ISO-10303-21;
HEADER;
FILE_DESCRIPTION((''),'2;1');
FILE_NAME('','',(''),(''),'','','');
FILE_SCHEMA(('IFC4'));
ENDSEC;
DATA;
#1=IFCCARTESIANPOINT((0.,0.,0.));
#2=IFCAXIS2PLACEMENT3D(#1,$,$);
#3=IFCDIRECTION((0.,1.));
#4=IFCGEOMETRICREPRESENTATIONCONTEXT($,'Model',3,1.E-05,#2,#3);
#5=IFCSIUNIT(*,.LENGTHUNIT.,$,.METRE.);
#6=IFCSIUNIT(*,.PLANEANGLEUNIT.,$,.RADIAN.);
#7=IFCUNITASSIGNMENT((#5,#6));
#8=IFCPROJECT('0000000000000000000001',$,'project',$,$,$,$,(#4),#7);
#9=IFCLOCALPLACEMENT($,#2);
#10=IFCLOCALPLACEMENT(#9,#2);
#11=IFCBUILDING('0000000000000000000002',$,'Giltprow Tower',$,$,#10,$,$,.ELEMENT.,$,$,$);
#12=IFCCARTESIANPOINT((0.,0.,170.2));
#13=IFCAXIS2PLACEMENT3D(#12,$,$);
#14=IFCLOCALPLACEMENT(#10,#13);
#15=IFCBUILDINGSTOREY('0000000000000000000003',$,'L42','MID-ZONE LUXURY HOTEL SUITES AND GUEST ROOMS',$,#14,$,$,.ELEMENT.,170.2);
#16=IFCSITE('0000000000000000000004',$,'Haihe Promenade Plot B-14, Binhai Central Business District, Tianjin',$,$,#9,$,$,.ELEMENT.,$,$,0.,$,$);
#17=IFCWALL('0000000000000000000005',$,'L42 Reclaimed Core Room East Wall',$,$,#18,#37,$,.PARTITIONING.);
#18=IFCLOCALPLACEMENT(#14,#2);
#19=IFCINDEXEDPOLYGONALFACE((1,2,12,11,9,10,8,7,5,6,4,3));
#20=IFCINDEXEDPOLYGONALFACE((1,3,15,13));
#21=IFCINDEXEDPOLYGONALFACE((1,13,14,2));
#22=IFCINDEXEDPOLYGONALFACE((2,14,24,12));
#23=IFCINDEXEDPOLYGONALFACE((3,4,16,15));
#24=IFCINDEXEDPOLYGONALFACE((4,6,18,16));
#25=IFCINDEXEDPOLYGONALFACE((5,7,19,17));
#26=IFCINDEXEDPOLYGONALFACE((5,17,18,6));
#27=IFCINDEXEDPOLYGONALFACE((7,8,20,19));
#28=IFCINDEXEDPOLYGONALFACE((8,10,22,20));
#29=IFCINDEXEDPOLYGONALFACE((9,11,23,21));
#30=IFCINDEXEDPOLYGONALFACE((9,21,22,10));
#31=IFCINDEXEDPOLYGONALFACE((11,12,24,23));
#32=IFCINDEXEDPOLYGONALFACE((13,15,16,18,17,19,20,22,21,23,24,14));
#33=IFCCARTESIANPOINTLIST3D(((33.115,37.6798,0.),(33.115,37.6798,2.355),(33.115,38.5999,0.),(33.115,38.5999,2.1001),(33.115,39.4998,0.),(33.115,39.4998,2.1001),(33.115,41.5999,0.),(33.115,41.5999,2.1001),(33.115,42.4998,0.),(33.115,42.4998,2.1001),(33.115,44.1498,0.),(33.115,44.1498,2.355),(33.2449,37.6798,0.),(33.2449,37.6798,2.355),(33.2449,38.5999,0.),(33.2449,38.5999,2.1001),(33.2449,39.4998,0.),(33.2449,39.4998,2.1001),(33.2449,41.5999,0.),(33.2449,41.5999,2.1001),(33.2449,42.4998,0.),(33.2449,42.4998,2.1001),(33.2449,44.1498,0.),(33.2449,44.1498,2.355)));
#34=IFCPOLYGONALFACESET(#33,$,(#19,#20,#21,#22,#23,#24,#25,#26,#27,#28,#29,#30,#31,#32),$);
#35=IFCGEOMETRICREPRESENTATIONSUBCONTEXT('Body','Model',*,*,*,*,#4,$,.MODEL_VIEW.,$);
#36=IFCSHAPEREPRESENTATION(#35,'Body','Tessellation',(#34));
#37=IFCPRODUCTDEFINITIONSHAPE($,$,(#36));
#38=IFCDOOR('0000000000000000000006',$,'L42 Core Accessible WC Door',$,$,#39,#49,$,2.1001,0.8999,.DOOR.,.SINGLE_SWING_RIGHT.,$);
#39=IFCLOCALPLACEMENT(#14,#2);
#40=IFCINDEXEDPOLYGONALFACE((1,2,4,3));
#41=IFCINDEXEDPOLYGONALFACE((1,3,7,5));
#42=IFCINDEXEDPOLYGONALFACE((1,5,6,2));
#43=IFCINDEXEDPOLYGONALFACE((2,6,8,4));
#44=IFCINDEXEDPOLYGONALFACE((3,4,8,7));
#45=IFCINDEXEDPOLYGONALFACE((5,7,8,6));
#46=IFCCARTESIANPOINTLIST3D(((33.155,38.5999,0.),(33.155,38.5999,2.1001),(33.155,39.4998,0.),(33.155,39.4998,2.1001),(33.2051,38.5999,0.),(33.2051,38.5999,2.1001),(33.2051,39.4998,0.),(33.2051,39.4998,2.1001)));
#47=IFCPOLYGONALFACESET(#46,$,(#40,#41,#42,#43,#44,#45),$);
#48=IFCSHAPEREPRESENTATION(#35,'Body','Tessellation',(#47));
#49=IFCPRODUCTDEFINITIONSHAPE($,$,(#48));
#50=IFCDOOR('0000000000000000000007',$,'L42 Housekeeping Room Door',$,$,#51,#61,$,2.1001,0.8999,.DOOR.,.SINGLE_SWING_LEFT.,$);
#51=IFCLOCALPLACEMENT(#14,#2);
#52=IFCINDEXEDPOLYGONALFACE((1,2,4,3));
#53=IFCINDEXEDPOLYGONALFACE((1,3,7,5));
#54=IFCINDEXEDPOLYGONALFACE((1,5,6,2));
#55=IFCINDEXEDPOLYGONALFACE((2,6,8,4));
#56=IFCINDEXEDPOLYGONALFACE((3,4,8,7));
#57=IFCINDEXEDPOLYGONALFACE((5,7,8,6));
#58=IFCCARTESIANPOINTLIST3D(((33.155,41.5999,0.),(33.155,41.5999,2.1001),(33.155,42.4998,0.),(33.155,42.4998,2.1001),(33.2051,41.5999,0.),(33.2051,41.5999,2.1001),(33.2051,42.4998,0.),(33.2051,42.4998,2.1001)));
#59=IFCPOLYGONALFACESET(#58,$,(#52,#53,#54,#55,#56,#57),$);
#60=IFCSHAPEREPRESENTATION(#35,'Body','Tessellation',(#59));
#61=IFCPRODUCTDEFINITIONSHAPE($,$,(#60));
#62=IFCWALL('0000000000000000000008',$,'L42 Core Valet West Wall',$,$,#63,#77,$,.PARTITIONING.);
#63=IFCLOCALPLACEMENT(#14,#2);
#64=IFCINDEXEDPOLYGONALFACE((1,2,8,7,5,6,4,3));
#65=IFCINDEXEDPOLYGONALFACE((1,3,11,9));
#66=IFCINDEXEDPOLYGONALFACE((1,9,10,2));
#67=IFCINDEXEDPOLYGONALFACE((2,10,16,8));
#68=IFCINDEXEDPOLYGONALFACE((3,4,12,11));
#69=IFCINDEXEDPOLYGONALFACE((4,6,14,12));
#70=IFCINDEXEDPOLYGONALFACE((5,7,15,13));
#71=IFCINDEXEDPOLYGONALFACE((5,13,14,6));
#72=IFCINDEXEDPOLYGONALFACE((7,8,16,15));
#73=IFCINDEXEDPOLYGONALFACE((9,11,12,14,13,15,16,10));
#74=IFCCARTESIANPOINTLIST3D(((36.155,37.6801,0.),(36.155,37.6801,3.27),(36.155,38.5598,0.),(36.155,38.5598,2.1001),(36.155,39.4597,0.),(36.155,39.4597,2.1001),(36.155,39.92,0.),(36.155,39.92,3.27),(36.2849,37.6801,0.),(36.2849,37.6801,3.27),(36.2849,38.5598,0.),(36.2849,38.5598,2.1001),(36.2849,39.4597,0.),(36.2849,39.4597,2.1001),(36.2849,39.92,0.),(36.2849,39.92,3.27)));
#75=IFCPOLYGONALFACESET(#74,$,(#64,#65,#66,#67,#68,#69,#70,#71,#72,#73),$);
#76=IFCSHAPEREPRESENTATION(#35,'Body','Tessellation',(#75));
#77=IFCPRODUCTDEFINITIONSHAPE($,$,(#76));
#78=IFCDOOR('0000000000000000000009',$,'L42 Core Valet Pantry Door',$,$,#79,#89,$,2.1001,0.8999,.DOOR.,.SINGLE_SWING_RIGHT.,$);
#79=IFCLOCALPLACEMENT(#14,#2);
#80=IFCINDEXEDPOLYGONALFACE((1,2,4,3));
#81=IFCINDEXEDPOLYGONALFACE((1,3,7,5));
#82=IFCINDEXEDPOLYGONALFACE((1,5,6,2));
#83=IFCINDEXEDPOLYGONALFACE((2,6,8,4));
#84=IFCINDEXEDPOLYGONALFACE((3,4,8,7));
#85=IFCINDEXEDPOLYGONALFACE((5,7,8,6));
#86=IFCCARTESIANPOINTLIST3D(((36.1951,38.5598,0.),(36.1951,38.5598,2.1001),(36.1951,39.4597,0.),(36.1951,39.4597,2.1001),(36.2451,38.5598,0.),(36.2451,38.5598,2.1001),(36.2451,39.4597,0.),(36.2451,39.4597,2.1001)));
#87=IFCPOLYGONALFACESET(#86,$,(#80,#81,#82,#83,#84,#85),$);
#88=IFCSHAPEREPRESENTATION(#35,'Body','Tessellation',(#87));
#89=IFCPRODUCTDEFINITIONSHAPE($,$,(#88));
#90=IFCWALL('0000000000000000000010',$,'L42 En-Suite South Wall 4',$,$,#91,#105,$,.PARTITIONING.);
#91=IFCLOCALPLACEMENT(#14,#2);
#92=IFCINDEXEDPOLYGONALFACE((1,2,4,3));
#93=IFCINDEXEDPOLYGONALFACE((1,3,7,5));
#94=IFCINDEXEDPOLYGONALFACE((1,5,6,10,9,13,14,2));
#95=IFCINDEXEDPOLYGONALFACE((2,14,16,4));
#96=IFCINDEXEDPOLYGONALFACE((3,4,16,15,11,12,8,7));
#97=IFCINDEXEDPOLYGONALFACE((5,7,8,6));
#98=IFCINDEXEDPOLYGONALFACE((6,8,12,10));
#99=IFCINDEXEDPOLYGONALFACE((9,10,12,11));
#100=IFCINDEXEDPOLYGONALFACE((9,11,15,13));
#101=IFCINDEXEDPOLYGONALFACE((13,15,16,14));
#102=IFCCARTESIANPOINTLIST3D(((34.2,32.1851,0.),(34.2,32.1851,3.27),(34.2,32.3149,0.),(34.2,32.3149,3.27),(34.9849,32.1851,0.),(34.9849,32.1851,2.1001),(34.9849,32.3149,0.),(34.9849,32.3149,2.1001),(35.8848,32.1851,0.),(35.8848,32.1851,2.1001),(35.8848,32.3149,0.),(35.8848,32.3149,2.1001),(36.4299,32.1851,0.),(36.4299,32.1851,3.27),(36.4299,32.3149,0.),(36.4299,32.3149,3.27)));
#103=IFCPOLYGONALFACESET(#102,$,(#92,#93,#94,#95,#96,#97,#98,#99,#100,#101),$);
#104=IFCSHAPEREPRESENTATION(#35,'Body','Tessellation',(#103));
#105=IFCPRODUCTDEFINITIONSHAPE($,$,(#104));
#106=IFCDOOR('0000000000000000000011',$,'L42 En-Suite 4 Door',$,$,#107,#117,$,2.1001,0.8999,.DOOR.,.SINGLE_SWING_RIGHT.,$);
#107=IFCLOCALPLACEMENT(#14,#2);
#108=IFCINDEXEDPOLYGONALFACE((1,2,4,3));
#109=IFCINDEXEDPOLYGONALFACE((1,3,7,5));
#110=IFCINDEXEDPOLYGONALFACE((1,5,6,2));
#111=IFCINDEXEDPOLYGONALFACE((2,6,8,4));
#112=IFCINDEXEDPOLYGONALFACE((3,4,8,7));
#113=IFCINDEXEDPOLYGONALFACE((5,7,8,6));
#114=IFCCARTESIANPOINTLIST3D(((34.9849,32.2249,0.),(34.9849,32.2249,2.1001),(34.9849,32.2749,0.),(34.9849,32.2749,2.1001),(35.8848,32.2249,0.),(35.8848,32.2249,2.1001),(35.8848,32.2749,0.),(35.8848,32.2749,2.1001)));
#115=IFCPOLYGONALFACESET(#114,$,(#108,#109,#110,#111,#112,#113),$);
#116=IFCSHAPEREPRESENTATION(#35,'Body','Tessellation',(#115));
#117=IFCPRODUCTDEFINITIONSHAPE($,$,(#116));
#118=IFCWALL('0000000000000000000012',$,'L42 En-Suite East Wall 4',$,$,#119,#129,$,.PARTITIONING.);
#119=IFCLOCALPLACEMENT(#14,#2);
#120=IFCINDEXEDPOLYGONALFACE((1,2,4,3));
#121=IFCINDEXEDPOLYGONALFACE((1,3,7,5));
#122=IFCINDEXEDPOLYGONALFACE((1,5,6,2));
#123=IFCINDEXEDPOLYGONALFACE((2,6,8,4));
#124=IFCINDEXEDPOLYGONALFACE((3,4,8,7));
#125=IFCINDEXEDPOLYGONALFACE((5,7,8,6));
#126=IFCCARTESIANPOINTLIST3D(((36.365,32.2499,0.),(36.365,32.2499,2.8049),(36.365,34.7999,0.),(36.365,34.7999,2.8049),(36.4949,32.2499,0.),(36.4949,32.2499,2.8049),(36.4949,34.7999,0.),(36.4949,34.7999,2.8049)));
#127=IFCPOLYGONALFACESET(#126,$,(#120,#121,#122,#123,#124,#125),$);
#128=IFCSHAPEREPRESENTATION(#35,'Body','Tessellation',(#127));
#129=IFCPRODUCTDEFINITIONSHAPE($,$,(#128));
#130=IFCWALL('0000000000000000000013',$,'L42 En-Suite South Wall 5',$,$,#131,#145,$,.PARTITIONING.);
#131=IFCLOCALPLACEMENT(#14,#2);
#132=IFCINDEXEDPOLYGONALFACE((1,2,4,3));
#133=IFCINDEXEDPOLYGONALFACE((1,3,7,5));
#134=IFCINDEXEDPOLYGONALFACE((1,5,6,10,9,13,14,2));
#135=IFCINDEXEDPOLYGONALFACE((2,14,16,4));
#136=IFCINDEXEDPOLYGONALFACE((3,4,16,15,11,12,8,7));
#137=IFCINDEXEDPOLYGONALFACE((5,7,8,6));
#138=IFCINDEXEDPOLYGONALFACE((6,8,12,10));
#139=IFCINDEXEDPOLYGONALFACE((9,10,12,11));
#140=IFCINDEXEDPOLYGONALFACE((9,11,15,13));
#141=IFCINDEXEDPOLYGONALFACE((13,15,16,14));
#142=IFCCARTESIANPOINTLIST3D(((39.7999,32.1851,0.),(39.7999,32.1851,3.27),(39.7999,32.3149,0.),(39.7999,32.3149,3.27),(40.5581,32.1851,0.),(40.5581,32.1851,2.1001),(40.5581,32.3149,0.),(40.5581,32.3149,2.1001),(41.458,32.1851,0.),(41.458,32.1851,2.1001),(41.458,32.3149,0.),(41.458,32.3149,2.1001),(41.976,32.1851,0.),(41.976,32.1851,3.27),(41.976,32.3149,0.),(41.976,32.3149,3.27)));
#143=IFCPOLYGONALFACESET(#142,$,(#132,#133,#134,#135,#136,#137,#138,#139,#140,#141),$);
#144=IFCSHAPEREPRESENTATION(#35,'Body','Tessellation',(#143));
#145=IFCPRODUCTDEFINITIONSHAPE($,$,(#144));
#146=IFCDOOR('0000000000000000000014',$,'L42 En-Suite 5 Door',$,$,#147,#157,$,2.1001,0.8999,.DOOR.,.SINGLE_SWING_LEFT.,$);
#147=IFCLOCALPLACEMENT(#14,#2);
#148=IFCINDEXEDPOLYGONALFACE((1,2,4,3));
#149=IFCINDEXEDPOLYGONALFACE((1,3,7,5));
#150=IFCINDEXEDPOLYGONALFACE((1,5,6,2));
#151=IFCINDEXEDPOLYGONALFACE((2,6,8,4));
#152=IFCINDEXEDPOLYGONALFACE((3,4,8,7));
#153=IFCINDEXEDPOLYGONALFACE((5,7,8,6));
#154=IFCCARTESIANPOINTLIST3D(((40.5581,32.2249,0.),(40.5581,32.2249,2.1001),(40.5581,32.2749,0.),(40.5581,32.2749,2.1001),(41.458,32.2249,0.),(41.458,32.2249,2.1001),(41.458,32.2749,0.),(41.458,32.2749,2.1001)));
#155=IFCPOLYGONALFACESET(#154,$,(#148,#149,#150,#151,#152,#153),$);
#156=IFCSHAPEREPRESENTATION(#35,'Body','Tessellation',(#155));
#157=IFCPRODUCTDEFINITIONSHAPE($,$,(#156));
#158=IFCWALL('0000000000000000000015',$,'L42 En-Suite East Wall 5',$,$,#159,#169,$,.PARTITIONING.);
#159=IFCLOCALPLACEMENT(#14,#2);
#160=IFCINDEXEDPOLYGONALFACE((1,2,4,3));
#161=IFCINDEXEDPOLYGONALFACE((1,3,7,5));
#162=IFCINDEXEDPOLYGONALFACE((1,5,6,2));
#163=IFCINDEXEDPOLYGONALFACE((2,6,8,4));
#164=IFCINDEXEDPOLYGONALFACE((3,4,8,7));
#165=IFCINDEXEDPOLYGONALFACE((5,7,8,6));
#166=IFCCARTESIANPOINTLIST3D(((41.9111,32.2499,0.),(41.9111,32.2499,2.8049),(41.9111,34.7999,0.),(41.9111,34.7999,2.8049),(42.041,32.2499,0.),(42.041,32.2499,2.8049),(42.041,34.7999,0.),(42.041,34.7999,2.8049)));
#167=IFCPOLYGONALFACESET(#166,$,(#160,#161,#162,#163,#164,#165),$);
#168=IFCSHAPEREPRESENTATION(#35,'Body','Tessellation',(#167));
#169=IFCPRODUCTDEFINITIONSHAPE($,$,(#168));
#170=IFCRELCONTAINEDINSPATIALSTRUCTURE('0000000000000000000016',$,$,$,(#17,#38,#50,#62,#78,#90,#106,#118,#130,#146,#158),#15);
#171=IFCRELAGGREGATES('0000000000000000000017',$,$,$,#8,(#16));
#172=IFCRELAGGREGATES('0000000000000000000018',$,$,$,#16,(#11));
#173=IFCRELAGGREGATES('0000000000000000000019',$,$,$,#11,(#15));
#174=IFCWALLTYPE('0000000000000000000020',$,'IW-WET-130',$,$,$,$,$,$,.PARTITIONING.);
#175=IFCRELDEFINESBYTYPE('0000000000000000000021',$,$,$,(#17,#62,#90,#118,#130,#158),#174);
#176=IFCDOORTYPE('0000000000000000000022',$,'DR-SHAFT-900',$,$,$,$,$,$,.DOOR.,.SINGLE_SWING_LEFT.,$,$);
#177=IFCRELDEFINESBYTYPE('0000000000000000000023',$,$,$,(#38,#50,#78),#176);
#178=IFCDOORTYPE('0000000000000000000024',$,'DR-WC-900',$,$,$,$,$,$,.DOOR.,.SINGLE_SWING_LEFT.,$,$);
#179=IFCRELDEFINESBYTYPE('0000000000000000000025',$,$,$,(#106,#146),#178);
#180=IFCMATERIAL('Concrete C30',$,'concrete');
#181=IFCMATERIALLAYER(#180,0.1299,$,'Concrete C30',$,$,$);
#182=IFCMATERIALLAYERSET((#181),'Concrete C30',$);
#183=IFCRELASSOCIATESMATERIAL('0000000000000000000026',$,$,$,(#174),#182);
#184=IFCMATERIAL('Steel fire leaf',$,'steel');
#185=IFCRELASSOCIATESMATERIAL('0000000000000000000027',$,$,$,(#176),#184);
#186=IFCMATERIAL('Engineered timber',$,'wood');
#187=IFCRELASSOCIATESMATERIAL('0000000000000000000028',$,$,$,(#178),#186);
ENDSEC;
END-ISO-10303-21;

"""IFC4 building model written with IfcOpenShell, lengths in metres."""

from ifc_helpers import new_model, si_unit, direction, frame, frame_2d, origin, place, context, subcontext, project, spatial, rectangle, extrude, source, transform, mapped, material, layer, layer_set, type_object, element, fill, save


model = new_model("IFC4")

# Units and contexts
model_context = context("Model", 3, precision=1e-05, world=origin(), true_north=direction((0.0, 1.0)))
body_context = subcontext(model_context, "Body", "Model", "MODEL_VIEW")
ifc_project = project(units=[si_unit("LENGTHUNIT", "METRE"), si_unit("PLANEANGLEUNIT", "RADIAN")], contexts=[model_context])

# Site, building, storey
site_placement = place(None, origin())
site = spatial("IfcSite", under=ifc_project, at=site_placement, Name="Haihe Promenade Plot B-14, Binhai Central Business District, Tianjin", CompositionType="ELEMENT", RefElevation=0.0)
building_placement = place(site_placement, origin())
building = spatial("IfcBuilding", under=site, at=building_placement, Name="Giltprow Tower", CompositionType="ELEMENT")
storey_placement = place(building_placement, frame((0.0, 0.0, 170.2)))
storey = spatial("IfcBuildingStorey", under=building, at=storey_placement, Name="L42", Description="MID-ZONE LUXURY HOTEL SUITES AND GUEST ROOMS", CompositionType="ELEMENT", Elevation=170.2)

# Wall, openings, doors
ifc_material_1 = material(Name="Concrete C30", Category="concrete")
ifc_layer_1 = layer(ifc_material_1, 0.1299, Name="Concrete C30")
ifc_layer_set_1 = layer_set([ifc_layer_1], Name="Concrete C30")
wall_type_1 = type_object("IfcWallType", Name="IW-WET-130", PredefinedType="PARTITIONING", material=ifc_layer_set_1)
wall_1_placement = place(storey_placement, frame((33.1799, 37.6799, 0.0), z_axis=(0.0, 0.0, 1.0), x_axis=(0.0, 1.0, 0.0)))
wall_1 = element("IfcWall", 1, at=wall_1_placement, inside=storey, type_object=wall_type_1, Name="L42 Reclaimed Core Room East Wall", PredefinedType="PARTITIONING", context=body_context, shape_type="SweptSolid", body=[
    extrude(rectangle(XDim=6.47, YDim=0.1299, at=frame_2d((3.2349, 0.0))), origin(), (0.0, 0.0, 1.0), 2.355),
])
opening_1_placement = place(wall_1_placement, frame((0.9199, 0.0, 0.0)))
opening_1 = element("IfcOpeningElement", 2, at=opening_1_placement, cuts=wall_1, PredefinedType="OPENING", context=body_context, shape_type="SweptSolid", body=[
    extrude(rectangle(XDim=0.8999, YDim=2.1001, at=frame_2d((0.45, 1.05))), frame((0.0, 0.075, 0.0), z_axis=(0.0, -1.0, 0.0), x_axis=(1.0, 0.0, 0.0)), (0.0, 0.0, 1.0), 0.1499),
])
opening_2_placement = place(wall_1_placement, frame((3.9199, 0.0, 0.0)))
opening_2 = element("IfcOpeningElement", 3, at=opening_2_placement, cuts=wall_1, PredefinedType="OPENING", context=body_context, shape_type="SweptSolid", body=[
    extrude(rectangle(XDim=0.8999, YDim=2.1001, at=frame_2d((0.45, 1.05))), frame((0.0, 0.075, 0.0), z_axis=(0.0, -1.0, 0.0), x_axis=(1.0, 0.0, 0.0)), (0.0, 0.0, 1.0), 0.1499),
])
ifc_material_2 = material(Name="Steel fire leaf", Category="steel")
door_type_1 = type_object("IfcDoorType", Name="DR-SHAFT-900", OperationType="SINGLE_SWING_LEFT", PredefinedType="DOOR", material=ifc_material_2)
shared_shape_1 = source(origin(), body_context, "Body", "SweptSolid", [
    extrude(rectangle(XDim=0.8999, YDim=2.1001, at=frame_2d((0.45, 1.05))), frame((0.0, 0.0249, 0.0), z_axis=(0.0, -1.0, 0.0), x_axis=(1.0, 0.0, 0.0)), (0.0, 0.0, 1.0), 0.05),
])
door_1_placement = place(opening_1_placement, origin())
door_1 = element("IfcDoor", 4, at=door_1_placement, inside=storey, type_object=door_type_1, Name="L42 Core Accessible WC Door", OperationType="SINGLE_SWING_RIGHT", OverallHeight=2.1001, OverallWidth=0.8999, PredefinedType="DOOR", context=body_context, shape_type="MappedRepresentation", body=[
    mapped(shared_shape_1, transform((0.0, 0.0, 0.0), x_axis=(1.0, 0.0, 0.0), y_axis=(0.0, 1.0, 0.0), z_axis=(0.0, 0.0, 1.0), scale=1.0)),
])
fill(opening_1, door_1)
door_2_placement = place(opening_2_placement, origin())
door_2 = element("IfcDoor", 5, at=door_2_placement, inside=storey, type_object=door_type_1, Name="L42 Housekeeping Room Door", OperationType="SINGLE_SWING_LEFT", OverallHeight=2.1001, OverallWidth=0.8999, PredefinedType="DOOR", context=body_context, shape_type="MappedRepresentation", body=[
    mapped(shared_shape_1, transform((0.0, 0.0, 0.0), x_axis=(1.0, 0.0, 0.0), y_axis=(0.0, 1.0, 0.0), z_axis=(0.0, 0.0, 1.0), scale=1.0)),
])
fill(opening_2, door_2)

# Walls, openings, doors
wall_2_placement = place(storey_placement, frame((36.22, 37.6799, 0.0), z_axis=(0.0, 0.0, 1.0), x_axis=(0.0, 1.0, 0.0)))
wall_2 = element("IfcWall", 6, at=wall_2_placement, inside=storey, type_object=wall_type_1, Name="L42 Core Valet West Wall", PredefinedType="PARTITIONING", context=body_context, shape_type="SweptSolid", body=[
    extrude(rectangle(XDim=2.24, YDim=0.1299, at=frame_2d((1.1201, 0.0))), origin(), (0.0, 0.0, 1.0), 3.27),
])
opening_3_placement = place(wall_2_placement, frame((0.8799, 0.0, 0.0)))
opening_3 = element("IfcOpeningElement", 7, at=opening_3_placement, cuts=wall_2, PredefinedType="OPENING", context=body_context, shape_type="SweptSolid", body=[
    extrude(rectangle(XDim=0.8999, YDim=2.1001, at=frame_2d((0.45, 1.05))), frame((0.0, 0.075, 0.0), z_axis=(0.0, -1.0, 0.0), x_axis=(1.0, 0.0, 0.0)), (0.0, 0.0, 1.0), 0.1499),
])
door_3_placement = place(opening_3_placement, origin())
door_3 = element("IfcDoor", 8, at=door_3_placement, inside=storey, type_object=door_type_1, Name="L42 Core Valet Pantry Door", OperationType="SINGLE_SWING_RIGHT", OverallHeight=2.1001, OverallWidth=0.8999, PredefinedType="DOOR", context=body_context, shape_type="MappedRepresentation", body=[
    mapped(shared_shape_1, transform((0.0, 0.0, 0.0), x_axis=(1.0, 0.0, 0.0), y_axis=(0.0, 1.0, 0.0), z_axis=(0.0, 0.0, 1.0), scale=1.0)),
])
fill(opening_3, door_3)
wall_3_placement = place(storey_placement, frame((34.2, 32.25, 0.0), z_axis=(0.0, 0.0, 1.0), x_axis=(1.0, 0.0, 0.0)))
wall_3 = element("IfcWall", 9, at=wall_3_placement, inside=storey, type_object=wall_type_1, Name="L42 En-Suite South Wall 4", PredefinedType="PARTITIONING", context=body_context, shape_type="SweptSolid", body=[
    extrude(rectangle(XDim=2.23, YDim=0.1299, at=frame_2d((1.115, 0.0))), origin(), (0.0, 0.0, 1.0), 3.27),
])
opening_4_placement = place(wall_3_placement, frame((0.7849, 0.0, 0.0)))
opening_4 = element("IfcOpeningElement", 10, at=opening_4_placement, cuts=wall_3, PredefinedType="OPENING", context=body_context, shape_type="SweptSolid", body=[
    extrude(rectangle(XDim=0.8999, YDim=2.1001, at=frame_2d((0.45, 1.05))), frame((0.0, 0.075, 0.0), z_axis=(0.0, -1.0, 0.0), x_axis=(1.0, 0.0, 0.0)), (0.0, 0.0, 1.0), 0.1499),
])
ifc_material_3 = material(Name="Engineered timber", Category="wood")
door_type_2 = type_object("IfcDoorType", Name="DR-WC-900", OperationType="SINGLE_SWING_LEFT", PredefinedType="DOOR", material=ifc_material_3)
door_4_placement = place(opening_4_placement, origin())
door_4 = element("IfcDoor", 11, at=door_4_placement, inside=storey, type_object=door_type_2, Name="L42 En-Suite 4 Door", OperationType="SINGLE_SWING_RIGHT", OverallHeight=2.1001, OverallWidth=0.8999, PredefinedType="DOOR", context=body_context, shape_type="MappedRepresentation", body=[
    mapped(shared_shape_1, transform((0.0, 0.0, 0.0), x_axis=(1.0, 0.0, 0.0), y_axis=(0.0, 1.0, 0.0), z_axis=(0.0, 0.0, 1.0), scale=1.0)),
])
fill(opening_4, door_4)

# Wall
wall_4_placement = place(storey_placement, frame((36.4299, 32.25, 0.0), z_axis=(0.0, 0.0, 1.0), x_axis=(0.0, 1.0, 0.0)))
element("IfcWall", 12, at=wall_4_placement, inside=storey, type_object=wall_type_1, Name="L42 En-Suite East Wall 4", PredefinedType="PARTITIONING", context=body_context, shape_type="SweptSolid", body=[
    extrude(rectangle(XDim=2.55, YDim=0.1299, at=frame_2d((1.2749, 0.0))), origin(), (0.0, 0.0, 1.0), 2.8049),
])

# Wall, opening, door
wall_5_placement = place(storey_placement, frame((39.8, 32.25, 0.0), z_axis=(0.0, 0.0, 1.0), x_axis=(1.0, 0.0, 0.0)))
wall_5 = element("IfcWall", 13, at=wall_5_placement, inside=storey, type_object=wall_type_1, Name="L42 En-Suite South Wall 5", PredefinedType="PARTITIONING", context=body_context, shape_type="SweptSolid", body=[
    extrude(rectangle(XDim=2.176, YDim=0.1299, at=frame_2d((1.0879, 0.0))), origin(), (0.0, 0.0, 1.0), 3.27),
])
opening_5_placement = place(wall_5_placement, frame((0.7581, 0.0, 0.0)))
opening_5 = element("IfcOpeningElement", 14, at=opening_5_placement, cuts=wall_5, PredefinedType="OPENING", context=body_context, shape_type="SweptSolid", body=[
    extrude(rectangle(XDim=0.8999, YDim=2.1001, at=frame_2d((0.45, 1.05))), frame((0.0, 0.075, 0.0), z_axis=(0.0, -1.0, 0.0), x_axis=(1.0, 0.0, 0.0)), (0.0, 0.0, 1.0), 0.1499),
])
door_5_placement = place(opening_5_placement, origin())
door_5 = element("IfcDoor", 15, at=door_5_placement, inside=storey, type_object=door_type_2, Name="L42 En-Suite 5 Door", OperationType="SINGLE_SWING_LEFT", OverallHeight=2.1001, OverallWidth=0.8999, PredefinedType="DOOR", context=body_context, shape_type="MappedRepresentation", body=[
    mapped(shared_shape_1, transform((0.0, 0.0, 0.0), x_axis=(1.0, 0.0, 0.0), y_axis=(0.0, 1.0, 0.0), z_axis=(0.0, 0.0, 1.0), scale=1.0)),
])
fill(opening_5, door_5)

# Wall
wall_6_placement = place(storey_placement, frame((41.9761, 32.25, 0.0), z_axis=(0.0, 0.0, 1.0), x_axis=(0.0, 1.0, 0.0)))
element("IfcWall", 16, at=wall_6_placement, inside=storey, type_object=wall_type_1, Name="L42 En-Suite East Wall 5", PredefinedType="PARTITIONING", context=body_context, shape_type="SweptSolid", body=[
    extrude(rectangle(XDim=2.55, YDim=0.1299, at=frame_2d((1.2749, 0.0))), origin(), (0.0, 0.0, 1.0), 2.8049),
])

save(model, "model.ifc")
